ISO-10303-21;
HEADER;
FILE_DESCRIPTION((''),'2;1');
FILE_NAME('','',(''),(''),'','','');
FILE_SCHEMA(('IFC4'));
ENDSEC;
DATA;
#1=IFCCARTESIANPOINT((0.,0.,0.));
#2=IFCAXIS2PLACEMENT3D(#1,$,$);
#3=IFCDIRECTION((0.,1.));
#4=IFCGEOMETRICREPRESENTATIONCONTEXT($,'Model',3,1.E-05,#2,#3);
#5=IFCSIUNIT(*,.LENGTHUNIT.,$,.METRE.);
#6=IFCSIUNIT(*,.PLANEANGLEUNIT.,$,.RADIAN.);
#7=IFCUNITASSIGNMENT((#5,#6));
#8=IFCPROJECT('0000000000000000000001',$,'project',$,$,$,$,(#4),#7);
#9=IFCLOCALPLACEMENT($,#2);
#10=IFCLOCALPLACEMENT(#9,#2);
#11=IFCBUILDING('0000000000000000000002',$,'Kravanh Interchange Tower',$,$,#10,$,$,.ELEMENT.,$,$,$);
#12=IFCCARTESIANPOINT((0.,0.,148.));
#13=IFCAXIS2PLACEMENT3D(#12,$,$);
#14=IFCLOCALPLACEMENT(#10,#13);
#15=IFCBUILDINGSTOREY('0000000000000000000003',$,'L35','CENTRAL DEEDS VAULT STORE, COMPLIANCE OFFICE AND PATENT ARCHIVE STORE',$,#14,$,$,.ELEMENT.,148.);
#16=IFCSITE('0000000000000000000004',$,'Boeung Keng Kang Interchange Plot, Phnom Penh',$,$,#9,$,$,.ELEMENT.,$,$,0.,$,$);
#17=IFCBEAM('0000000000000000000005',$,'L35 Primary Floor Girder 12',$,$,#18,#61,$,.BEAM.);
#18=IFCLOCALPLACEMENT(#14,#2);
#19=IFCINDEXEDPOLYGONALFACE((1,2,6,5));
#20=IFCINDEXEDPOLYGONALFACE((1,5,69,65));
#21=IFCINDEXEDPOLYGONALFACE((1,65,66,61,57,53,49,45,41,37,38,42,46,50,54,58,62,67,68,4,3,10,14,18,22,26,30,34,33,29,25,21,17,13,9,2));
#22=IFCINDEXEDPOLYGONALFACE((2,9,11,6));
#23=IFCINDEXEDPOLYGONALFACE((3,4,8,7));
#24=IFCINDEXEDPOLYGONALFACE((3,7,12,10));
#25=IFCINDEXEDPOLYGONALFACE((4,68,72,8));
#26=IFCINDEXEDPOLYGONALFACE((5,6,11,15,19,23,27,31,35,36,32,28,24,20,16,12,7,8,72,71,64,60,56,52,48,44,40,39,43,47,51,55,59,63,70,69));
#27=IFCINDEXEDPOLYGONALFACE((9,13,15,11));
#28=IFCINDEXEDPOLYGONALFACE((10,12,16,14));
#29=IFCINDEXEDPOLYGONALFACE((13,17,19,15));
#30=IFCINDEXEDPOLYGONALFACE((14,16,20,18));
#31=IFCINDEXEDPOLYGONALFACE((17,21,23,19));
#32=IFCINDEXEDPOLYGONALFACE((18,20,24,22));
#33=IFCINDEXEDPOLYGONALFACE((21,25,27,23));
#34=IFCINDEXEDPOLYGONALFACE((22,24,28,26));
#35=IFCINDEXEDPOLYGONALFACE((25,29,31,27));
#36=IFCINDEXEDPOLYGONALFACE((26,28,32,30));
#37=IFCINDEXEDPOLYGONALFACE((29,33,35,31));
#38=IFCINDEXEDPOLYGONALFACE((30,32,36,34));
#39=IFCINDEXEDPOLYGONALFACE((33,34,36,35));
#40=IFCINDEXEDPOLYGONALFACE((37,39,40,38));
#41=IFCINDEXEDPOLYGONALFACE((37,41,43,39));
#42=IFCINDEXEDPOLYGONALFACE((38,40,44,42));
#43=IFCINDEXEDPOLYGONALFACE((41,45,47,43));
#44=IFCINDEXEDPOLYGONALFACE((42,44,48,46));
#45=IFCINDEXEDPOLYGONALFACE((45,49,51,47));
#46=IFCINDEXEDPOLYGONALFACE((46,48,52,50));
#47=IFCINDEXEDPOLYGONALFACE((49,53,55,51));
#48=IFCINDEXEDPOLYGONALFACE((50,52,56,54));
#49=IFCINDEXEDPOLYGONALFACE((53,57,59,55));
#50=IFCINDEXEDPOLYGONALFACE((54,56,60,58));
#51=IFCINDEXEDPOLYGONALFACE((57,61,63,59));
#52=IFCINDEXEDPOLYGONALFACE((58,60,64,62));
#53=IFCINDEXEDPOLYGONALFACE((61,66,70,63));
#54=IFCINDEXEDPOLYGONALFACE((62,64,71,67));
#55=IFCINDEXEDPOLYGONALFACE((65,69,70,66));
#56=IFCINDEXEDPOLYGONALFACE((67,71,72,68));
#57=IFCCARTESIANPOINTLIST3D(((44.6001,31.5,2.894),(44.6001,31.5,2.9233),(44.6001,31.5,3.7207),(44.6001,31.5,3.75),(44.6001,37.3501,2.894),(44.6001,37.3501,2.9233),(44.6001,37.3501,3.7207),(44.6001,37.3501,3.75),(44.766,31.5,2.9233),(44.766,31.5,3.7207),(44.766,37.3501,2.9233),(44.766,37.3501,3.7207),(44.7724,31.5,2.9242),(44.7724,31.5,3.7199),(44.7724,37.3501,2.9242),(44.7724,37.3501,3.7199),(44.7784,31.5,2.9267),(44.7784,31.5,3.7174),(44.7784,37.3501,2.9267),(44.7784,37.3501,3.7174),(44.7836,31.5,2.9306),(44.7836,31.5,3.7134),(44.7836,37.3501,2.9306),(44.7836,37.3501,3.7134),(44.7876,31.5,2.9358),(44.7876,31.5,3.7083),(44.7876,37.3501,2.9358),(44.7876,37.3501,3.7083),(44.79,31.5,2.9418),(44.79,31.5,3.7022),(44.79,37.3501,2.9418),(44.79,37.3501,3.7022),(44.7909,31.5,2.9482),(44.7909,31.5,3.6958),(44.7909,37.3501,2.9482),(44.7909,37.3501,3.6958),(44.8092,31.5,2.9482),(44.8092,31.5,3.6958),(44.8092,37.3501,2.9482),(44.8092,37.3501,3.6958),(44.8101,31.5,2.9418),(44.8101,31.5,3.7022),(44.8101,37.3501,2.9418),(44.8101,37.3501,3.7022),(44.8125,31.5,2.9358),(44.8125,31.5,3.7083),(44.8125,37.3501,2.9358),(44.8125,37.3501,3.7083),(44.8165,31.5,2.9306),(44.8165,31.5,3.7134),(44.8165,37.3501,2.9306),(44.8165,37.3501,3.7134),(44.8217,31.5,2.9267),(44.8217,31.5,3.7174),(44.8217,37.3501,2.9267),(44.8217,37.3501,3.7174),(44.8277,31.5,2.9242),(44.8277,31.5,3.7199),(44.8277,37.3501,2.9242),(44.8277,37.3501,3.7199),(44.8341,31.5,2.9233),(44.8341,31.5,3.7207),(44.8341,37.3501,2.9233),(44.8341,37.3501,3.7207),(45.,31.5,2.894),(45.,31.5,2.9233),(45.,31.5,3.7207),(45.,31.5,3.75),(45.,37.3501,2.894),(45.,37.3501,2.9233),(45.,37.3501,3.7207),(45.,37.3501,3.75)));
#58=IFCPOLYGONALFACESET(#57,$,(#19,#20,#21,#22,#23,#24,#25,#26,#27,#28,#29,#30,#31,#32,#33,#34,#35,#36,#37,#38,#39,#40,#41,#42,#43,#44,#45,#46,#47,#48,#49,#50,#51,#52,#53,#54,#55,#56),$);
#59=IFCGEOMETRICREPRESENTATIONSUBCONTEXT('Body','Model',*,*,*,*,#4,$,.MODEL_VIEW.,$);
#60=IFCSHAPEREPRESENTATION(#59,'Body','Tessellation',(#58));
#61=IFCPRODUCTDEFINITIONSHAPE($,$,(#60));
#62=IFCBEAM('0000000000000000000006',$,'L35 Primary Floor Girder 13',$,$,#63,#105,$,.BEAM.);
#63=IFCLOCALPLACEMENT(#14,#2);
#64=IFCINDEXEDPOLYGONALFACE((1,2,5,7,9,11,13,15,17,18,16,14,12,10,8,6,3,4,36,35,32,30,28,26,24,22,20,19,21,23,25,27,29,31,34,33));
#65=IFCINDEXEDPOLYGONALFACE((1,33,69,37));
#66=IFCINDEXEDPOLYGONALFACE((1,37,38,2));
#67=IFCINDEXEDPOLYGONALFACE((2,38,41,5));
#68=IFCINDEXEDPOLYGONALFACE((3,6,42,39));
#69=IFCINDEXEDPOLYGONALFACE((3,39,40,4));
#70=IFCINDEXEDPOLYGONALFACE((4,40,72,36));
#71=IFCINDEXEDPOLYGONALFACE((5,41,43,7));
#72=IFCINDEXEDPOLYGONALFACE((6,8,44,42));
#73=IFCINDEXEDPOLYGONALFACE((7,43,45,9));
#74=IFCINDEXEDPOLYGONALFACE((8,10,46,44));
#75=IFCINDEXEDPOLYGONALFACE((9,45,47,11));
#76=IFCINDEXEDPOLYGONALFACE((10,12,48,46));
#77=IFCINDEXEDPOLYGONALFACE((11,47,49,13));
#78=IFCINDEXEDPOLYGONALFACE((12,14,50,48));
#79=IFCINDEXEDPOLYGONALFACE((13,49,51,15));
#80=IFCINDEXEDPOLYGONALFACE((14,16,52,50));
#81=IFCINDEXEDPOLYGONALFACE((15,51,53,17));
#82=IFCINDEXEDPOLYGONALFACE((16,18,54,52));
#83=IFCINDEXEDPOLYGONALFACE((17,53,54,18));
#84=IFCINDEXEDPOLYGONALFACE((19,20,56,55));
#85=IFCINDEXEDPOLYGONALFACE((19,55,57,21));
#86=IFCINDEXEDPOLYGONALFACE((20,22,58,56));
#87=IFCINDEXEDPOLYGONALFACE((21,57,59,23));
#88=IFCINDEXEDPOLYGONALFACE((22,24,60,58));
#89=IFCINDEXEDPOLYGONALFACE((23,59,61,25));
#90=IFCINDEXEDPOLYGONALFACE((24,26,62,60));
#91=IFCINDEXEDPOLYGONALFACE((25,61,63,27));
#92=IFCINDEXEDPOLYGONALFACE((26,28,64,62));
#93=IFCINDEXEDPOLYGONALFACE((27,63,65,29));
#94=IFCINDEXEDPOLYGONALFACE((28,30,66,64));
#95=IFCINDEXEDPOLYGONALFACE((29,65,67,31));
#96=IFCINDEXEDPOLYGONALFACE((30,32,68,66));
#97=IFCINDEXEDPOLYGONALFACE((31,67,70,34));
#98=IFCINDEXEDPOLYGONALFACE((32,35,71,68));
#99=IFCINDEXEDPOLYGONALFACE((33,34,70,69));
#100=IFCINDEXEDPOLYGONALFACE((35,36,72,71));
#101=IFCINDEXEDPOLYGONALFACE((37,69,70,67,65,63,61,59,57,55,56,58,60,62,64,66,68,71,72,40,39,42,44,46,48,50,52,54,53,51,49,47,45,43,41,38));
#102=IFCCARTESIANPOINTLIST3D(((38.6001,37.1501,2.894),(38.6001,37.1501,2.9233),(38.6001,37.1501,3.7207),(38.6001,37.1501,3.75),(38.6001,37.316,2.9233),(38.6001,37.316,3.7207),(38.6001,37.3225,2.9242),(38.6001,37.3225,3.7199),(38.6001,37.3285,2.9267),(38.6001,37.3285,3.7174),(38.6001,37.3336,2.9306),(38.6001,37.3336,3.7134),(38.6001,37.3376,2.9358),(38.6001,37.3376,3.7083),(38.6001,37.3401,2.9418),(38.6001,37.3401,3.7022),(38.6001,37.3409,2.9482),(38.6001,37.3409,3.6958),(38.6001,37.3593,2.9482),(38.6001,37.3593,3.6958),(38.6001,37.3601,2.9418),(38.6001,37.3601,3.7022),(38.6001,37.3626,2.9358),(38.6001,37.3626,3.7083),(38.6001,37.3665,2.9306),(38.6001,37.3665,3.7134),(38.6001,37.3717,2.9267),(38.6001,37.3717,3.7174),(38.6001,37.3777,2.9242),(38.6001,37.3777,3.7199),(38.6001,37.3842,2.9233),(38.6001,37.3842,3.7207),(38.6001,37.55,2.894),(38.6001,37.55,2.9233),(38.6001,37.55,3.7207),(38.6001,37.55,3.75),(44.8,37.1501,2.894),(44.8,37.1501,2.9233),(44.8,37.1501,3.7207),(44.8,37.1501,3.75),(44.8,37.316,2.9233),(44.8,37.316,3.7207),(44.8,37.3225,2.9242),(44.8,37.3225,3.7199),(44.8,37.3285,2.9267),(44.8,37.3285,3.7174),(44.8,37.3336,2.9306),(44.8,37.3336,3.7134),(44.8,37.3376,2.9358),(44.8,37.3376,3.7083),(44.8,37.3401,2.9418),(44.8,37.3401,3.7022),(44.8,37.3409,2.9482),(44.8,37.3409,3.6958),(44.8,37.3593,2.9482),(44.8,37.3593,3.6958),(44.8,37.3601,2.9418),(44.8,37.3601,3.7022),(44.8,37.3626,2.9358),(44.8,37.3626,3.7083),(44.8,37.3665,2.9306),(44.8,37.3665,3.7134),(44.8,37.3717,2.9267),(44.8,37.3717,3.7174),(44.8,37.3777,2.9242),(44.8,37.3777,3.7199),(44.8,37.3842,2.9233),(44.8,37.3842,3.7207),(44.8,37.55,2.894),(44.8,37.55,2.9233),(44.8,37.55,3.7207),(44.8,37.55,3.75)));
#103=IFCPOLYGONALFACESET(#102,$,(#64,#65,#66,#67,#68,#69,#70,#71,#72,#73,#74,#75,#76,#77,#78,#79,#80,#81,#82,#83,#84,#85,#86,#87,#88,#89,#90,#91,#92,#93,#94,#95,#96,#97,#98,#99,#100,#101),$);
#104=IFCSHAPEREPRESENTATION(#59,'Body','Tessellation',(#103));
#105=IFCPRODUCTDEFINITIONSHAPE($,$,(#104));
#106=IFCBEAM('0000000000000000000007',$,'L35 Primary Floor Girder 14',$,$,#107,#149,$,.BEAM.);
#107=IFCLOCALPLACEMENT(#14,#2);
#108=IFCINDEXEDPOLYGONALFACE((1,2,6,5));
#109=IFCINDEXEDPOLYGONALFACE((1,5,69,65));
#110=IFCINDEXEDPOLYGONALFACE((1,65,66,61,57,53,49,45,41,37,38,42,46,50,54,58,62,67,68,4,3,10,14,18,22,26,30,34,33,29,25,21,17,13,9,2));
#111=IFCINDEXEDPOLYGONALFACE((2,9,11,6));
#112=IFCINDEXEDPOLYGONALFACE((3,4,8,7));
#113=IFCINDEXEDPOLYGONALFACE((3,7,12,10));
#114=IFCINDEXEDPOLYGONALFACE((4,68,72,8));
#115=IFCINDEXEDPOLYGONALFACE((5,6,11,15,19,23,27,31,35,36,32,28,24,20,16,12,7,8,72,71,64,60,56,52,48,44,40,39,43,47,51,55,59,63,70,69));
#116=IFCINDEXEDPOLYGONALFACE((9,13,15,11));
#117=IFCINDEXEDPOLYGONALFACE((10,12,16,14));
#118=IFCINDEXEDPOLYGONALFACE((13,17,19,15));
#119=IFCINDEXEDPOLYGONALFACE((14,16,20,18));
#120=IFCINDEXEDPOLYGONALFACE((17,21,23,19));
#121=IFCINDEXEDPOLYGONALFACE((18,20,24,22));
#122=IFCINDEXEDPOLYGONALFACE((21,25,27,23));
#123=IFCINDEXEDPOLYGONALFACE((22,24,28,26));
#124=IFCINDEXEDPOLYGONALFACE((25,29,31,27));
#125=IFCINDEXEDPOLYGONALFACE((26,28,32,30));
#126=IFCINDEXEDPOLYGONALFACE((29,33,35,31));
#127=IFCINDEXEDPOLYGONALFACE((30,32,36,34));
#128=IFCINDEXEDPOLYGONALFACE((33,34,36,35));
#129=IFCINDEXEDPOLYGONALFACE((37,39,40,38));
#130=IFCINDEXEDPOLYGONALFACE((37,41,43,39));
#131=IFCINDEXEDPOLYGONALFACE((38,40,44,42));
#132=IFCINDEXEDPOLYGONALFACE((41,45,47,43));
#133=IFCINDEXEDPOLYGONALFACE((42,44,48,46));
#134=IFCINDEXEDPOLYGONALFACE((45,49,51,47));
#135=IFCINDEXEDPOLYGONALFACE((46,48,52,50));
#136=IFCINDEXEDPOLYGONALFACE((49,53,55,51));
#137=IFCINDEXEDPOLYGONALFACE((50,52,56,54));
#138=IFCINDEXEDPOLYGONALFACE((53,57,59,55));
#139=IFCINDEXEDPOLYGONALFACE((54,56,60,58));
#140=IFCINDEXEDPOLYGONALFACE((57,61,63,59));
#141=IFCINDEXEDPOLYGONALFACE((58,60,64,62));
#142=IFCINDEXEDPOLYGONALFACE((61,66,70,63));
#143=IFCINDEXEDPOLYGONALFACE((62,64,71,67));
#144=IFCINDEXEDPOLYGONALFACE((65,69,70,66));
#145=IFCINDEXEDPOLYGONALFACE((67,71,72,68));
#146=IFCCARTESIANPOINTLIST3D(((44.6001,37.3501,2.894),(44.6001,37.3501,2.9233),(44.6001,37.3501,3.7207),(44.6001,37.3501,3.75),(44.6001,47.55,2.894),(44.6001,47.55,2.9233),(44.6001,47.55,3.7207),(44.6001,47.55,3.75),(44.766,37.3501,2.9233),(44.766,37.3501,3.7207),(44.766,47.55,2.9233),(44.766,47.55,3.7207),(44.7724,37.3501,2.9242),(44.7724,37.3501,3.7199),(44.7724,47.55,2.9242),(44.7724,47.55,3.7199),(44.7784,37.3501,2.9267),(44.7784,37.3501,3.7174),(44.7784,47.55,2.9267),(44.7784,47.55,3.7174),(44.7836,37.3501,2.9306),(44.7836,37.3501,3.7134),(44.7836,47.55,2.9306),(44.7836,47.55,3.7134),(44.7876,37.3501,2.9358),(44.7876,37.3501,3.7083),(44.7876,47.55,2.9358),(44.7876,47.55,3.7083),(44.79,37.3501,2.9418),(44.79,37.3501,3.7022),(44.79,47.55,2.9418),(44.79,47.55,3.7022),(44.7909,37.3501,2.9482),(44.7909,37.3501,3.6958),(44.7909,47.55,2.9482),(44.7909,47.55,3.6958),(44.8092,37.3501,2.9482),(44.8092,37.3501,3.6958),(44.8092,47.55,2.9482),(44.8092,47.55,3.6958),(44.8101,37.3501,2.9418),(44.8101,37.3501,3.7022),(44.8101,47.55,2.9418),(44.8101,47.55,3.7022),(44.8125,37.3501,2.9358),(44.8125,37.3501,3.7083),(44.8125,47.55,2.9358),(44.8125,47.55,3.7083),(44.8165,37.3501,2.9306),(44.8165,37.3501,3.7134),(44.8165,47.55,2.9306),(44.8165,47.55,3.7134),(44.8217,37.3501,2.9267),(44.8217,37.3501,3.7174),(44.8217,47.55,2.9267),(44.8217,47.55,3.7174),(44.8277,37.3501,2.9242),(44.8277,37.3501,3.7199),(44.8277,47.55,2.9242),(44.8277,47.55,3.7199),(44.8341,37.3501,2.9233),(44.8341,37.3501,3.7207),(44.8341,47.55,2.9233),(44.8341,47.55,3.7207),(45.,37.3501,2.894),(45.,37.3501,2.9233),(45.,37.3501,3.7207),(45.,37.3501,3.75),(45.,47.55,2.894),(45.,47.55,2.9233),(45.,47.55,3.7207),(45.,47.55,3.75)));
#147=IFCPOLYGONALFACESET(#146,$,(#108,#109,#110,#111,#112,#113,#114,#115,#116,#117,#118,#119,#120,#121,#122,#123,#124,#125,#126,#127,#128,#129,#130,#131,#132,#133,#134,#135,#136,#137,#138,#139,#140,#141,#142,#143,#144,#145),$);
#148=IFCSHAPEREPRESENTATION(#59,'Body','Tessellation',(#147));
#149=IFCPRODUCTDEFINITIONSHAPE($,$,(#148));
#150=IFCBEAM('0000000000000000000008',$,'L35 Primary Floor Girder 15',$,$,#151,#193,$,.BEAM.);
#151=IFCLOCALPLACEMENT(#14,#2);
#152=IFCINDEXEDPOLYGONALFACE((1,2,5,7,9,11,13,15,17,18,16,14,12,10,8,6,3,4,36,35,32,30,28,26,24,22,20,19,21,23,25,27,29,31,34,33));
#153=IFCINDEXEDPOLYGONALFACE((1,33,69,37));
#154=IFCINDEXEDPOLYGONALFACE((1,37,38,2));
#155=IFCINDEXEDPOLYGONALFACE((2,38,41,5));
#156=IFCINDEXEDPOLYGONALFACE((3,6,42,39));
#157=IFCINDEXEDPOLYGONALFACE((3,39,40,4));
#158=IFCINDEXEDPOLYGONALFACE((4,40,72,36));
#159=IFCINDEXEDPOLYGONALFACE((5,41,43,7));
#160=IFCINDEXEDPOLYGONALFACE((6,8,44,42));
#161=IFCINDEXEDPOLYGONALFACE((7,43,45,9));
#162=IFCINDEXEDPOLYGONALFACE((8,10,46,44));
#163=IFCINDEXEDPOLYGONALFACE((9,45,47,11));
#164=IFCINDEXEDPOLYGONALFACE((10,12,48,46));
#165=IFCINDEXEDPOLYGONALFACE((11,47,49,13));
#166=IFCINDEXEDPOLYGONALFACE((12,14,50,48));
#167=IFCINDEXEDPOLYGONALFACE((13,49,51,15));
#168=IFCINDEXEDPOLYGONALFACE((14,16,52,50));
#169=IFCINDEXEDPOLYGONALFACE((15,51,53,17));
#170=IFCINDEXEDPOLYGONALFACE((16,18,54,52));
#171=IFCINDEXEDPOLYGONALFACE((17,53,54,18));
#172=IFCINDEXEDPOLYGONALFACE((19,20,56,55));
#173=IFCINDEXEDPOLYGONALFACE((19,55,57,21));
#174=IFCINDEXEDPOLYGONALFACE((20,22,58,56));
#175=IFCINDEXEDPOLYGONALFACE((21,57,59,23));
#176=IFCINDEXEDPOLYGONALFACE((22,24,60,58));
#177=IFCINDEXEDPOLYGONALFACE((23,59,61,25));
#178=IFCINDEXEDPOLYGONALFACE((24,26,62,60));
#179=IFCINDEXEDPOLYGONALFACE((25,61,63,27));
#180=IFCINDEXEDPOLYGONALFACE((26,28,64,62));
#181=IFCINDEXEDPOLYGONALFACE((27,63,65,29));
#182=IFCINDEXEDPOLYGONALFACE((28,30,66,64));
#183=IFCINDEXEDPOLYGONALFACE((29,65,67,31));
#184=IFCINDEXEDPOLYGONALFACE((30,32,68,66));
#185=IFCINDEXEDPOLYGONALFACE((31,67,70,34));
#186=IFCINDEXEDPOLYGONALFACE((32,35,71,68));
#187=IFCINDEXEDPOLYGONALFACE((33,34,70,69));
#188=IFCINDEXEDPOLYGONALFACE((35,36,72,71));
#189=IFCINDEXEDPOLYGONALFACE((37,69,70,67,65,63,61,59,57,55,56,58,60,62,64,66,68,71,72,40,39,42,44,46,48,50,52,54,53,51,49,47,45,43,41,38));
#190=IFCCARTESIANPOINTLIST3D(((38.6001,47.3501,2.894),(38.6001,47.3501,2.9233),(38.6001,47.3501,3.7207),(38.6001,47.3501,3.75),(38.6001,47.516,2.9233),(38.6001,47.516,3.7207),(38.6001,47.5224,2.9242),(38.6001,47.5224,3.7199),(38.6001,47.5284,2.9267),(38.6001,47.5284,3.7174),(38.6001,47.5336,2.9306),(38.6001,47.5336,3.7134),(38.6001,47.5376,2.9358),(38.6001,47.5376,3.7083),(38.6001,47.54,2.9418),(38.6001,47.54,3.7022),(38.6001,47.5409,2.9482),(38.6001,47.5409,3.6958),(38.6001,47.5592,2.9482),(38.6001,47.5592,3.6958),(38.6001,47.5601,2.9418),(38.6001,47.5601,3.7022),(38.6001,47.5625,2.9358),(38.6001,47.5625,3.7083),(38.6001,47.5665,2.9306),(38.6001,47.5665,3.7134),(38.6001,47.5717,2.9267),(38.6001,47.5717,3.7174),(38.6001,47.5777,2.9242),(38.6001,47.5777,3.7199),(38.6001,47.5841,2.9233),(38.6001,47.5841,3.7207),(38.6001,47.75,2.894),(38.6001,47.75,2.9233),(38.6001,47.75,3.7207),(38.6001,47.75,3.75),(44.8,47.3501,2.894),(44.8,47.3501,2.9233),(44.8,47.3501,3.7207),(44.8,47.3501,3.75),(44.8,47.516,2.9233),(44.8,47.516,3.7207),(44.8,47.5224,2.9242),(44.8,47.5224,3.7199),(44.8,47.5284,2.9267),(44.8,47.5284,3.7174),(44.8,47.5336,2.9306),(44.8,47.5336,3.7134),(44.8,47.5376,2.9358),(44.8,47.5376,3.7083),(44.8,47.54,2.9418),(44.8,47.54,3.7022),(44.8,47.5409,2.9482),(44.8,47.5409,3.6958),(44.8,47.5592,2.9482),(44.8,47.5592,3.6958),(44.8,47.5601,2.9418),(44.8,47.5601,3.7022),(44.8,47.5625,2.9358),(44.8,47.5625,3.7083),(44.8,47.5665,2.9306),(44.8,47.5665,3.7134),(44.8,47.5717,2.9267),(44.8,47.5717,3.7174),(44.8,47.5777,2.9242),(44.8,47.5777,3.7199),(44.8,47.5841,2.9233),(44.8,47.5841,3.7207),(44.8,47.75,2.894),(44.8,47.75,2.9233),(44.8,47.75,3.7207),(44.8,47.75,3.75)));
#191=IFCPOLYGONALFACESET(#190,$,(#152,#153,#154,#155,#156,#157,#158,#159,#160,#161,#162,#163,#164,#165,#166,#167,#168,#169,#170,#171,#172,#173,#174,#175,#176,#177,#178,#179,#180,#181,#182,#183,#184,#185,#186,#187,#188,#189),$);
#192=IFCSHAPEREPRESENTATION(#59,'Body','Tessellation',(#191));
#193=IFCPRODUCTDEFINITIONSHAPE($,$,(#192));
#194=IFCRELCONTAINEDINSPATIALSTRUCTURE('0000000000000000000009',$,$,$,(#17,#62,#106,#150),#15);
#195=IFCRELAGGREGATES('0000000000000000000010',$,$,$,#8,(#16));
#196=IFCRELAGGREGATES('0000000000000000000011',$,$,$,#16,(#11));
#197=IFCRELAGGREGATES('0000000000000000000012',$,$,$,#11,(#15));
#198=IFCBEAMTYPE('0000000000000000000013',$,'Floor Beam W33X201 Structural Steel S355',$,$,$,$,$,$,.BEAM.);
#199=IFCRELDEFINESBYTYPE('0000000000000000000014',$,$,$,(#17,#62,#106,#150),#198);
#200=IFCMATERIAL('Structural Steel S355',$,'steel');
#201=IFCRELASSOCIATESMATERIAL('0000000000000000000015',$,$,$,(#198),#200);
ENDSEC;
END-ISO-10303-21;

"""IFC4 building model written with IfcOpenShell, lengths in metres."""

from ifc_helpers import new_model, si_unit, direction, frame, origin, origin_2d, place, context, subcontext, project, spatial, i_section, extrude, material, material_profile, profile_set, type_object, element, save


model = new_model("IFC4")

# Units and contexts
model_context = context("Model", 3, precision=1e-05, world=origin(), true_north=direction((0.0, 1.0)))
body_context = subcontext(model_context, "Body", "Model", "MODEL_VIEW")
ifc_project = project(units=[si_unit("LENGTHUNIT", "METRE"), si_unit("PLANEANGLEUNIT", "RADIAN")], contexts=[model_context])

# Site, building, storey
site_placement = place(None, origin())
site = spatial("IfcSite", under=ifc_project, at=site_placement, Name="Boeung Keng Kang Interchange Plot, Phnom Penh", CompositionType="ELEMENT", RefElevation=0.0)
building_placement = place(site_placement, origin())
building = spatial("IfcBuilding", under=site, at=building_placement, Name="Kravanh Interchange Tower", CompositionType="ELEMENT")
storey_placement = place(building_placement, frame((0.0, 0.0, 148.0)))
storey = spatial("IfcBuildingStorey", under=building, at=storey_placement, Name="L35", Description="CENTRAL DEEDS VAULT STORE, COMPLIANCE OFFICE AND PATENT ARCHIVE STORE", CompositionType="ELEMENT", Elevation=148.0)

# Beams
ifc_material_1 = material(Name="Structural Steel S355", Category="steel")
ifc_material_profile_1 = material_profile(ifc_material_1, i_section(OverallWidth=0.3999, OverallDepth=0.856, WebThickness=0.0183, FlangeThickness=0.0293, FilletRadius=0.0249, at=origin_2d()), Name="W33X201")
ifc_profile_set_1 = profile_set([ifc_material_profile_1], Name="Structural Steel S355")
beam_type_1 = type_object("IfcBeamType", Name="Floor Beam W33X201 Structural Steel S355", PredefinedType="BEAM", material=ifc_profile_set_1)
beam_1_placement = place(storey_placement, frame((44.8, 37.3501, 3.322), z_axis=(0.0, -1.0, 0.0), x_axis=(1.0, 0.0, 0.0)))
element("IfcBeam", 1, at=beam_1_placement, inside=storey, type_object=beam_type_1, Name="L35 Primary Floor Girder 12", PredefinedType="BEAM", context=body_context, shape_type="SweptSolid", body=[
    extrude(i_section(OverallWidth=0.3999, OverallDepth=0.856, WebThickness=0.0183, FlangeThickness=0.0293, FilletRadius=0.0249, at=origin_2d()), origin(), (0.0, 0.0, 1.0), 5.8501),
])
beam_2_placement = place(storey_placement, frame((44.8, 37.3501, 3.322), z_axis=(-1.0, 0.0, 0.0), x_axis=(0.0, -1.0, 0.0)))
element("IfcBeam", 2, at=beam_2_placement, inside=storey, type_object=beam_type_1, Name="L35 Primary Floor Girder 13", PredefinedType="BEAM", context=body_context, shape_type="SweptSolid", body=[
    extrude(i_section(OverallWidth=0.3999, OverallDepth=0.856, WebThickness=0.0183, FlangeThickness=0.0293, FilletRadius=0.0249, at=origin_2d()), origin(), (0.0, 0.0, 1.0), 6.2),
])
beam_3_placement = place(storey_placement, frame((44.8, 37.3501, 3.322), z_axis=(0.0, 1.0, 0.0), x_axis=(-1.0, 0.0, 0.0)))
element("IfcBeam", 3, at=beam_3_placement, inside=storey, type_object=beam_type_1, Name="L35 Primary Floor Girder 14", PredefinedType="BEAM", context=body_context, shape_type="SweptSolid", body=[
    extrude(i_section(OverallWidth=0.3999, OverallDepth=0.856, WebThickness=0.0183, FlangeThickness=0.0293, FilletRadius=0.0249, at=origin_2d()), origin(), (0.0, 0.0, 1.0), 10.2),
])
beam_4_placement = place(storey_placement, frame((44.8, 47.55, 3.322), z_axis=(-1.0, 0.0, 0.0), x_axis=(0.0, -1.0, 0.0)))
element("IfcBeam", 4, at=beam_4_placement, inside=storey, type_object=beam_type_1, Name="L35 Primary Floor Girder 15", PredefinedType="BEAM", context=body_context, shape_type="SweptSolid", body=[
    extrude(i_section(OverallWidth=0.3999, OverallDepth=0.856, WebThickness=0.0183, FlangeThickness=0.0293, FilletRadius=0.0249, at=origin_2d()), origin(), (0.0, 0.0, 1.0), 6.2),
])

save(model, "model.ifc")
